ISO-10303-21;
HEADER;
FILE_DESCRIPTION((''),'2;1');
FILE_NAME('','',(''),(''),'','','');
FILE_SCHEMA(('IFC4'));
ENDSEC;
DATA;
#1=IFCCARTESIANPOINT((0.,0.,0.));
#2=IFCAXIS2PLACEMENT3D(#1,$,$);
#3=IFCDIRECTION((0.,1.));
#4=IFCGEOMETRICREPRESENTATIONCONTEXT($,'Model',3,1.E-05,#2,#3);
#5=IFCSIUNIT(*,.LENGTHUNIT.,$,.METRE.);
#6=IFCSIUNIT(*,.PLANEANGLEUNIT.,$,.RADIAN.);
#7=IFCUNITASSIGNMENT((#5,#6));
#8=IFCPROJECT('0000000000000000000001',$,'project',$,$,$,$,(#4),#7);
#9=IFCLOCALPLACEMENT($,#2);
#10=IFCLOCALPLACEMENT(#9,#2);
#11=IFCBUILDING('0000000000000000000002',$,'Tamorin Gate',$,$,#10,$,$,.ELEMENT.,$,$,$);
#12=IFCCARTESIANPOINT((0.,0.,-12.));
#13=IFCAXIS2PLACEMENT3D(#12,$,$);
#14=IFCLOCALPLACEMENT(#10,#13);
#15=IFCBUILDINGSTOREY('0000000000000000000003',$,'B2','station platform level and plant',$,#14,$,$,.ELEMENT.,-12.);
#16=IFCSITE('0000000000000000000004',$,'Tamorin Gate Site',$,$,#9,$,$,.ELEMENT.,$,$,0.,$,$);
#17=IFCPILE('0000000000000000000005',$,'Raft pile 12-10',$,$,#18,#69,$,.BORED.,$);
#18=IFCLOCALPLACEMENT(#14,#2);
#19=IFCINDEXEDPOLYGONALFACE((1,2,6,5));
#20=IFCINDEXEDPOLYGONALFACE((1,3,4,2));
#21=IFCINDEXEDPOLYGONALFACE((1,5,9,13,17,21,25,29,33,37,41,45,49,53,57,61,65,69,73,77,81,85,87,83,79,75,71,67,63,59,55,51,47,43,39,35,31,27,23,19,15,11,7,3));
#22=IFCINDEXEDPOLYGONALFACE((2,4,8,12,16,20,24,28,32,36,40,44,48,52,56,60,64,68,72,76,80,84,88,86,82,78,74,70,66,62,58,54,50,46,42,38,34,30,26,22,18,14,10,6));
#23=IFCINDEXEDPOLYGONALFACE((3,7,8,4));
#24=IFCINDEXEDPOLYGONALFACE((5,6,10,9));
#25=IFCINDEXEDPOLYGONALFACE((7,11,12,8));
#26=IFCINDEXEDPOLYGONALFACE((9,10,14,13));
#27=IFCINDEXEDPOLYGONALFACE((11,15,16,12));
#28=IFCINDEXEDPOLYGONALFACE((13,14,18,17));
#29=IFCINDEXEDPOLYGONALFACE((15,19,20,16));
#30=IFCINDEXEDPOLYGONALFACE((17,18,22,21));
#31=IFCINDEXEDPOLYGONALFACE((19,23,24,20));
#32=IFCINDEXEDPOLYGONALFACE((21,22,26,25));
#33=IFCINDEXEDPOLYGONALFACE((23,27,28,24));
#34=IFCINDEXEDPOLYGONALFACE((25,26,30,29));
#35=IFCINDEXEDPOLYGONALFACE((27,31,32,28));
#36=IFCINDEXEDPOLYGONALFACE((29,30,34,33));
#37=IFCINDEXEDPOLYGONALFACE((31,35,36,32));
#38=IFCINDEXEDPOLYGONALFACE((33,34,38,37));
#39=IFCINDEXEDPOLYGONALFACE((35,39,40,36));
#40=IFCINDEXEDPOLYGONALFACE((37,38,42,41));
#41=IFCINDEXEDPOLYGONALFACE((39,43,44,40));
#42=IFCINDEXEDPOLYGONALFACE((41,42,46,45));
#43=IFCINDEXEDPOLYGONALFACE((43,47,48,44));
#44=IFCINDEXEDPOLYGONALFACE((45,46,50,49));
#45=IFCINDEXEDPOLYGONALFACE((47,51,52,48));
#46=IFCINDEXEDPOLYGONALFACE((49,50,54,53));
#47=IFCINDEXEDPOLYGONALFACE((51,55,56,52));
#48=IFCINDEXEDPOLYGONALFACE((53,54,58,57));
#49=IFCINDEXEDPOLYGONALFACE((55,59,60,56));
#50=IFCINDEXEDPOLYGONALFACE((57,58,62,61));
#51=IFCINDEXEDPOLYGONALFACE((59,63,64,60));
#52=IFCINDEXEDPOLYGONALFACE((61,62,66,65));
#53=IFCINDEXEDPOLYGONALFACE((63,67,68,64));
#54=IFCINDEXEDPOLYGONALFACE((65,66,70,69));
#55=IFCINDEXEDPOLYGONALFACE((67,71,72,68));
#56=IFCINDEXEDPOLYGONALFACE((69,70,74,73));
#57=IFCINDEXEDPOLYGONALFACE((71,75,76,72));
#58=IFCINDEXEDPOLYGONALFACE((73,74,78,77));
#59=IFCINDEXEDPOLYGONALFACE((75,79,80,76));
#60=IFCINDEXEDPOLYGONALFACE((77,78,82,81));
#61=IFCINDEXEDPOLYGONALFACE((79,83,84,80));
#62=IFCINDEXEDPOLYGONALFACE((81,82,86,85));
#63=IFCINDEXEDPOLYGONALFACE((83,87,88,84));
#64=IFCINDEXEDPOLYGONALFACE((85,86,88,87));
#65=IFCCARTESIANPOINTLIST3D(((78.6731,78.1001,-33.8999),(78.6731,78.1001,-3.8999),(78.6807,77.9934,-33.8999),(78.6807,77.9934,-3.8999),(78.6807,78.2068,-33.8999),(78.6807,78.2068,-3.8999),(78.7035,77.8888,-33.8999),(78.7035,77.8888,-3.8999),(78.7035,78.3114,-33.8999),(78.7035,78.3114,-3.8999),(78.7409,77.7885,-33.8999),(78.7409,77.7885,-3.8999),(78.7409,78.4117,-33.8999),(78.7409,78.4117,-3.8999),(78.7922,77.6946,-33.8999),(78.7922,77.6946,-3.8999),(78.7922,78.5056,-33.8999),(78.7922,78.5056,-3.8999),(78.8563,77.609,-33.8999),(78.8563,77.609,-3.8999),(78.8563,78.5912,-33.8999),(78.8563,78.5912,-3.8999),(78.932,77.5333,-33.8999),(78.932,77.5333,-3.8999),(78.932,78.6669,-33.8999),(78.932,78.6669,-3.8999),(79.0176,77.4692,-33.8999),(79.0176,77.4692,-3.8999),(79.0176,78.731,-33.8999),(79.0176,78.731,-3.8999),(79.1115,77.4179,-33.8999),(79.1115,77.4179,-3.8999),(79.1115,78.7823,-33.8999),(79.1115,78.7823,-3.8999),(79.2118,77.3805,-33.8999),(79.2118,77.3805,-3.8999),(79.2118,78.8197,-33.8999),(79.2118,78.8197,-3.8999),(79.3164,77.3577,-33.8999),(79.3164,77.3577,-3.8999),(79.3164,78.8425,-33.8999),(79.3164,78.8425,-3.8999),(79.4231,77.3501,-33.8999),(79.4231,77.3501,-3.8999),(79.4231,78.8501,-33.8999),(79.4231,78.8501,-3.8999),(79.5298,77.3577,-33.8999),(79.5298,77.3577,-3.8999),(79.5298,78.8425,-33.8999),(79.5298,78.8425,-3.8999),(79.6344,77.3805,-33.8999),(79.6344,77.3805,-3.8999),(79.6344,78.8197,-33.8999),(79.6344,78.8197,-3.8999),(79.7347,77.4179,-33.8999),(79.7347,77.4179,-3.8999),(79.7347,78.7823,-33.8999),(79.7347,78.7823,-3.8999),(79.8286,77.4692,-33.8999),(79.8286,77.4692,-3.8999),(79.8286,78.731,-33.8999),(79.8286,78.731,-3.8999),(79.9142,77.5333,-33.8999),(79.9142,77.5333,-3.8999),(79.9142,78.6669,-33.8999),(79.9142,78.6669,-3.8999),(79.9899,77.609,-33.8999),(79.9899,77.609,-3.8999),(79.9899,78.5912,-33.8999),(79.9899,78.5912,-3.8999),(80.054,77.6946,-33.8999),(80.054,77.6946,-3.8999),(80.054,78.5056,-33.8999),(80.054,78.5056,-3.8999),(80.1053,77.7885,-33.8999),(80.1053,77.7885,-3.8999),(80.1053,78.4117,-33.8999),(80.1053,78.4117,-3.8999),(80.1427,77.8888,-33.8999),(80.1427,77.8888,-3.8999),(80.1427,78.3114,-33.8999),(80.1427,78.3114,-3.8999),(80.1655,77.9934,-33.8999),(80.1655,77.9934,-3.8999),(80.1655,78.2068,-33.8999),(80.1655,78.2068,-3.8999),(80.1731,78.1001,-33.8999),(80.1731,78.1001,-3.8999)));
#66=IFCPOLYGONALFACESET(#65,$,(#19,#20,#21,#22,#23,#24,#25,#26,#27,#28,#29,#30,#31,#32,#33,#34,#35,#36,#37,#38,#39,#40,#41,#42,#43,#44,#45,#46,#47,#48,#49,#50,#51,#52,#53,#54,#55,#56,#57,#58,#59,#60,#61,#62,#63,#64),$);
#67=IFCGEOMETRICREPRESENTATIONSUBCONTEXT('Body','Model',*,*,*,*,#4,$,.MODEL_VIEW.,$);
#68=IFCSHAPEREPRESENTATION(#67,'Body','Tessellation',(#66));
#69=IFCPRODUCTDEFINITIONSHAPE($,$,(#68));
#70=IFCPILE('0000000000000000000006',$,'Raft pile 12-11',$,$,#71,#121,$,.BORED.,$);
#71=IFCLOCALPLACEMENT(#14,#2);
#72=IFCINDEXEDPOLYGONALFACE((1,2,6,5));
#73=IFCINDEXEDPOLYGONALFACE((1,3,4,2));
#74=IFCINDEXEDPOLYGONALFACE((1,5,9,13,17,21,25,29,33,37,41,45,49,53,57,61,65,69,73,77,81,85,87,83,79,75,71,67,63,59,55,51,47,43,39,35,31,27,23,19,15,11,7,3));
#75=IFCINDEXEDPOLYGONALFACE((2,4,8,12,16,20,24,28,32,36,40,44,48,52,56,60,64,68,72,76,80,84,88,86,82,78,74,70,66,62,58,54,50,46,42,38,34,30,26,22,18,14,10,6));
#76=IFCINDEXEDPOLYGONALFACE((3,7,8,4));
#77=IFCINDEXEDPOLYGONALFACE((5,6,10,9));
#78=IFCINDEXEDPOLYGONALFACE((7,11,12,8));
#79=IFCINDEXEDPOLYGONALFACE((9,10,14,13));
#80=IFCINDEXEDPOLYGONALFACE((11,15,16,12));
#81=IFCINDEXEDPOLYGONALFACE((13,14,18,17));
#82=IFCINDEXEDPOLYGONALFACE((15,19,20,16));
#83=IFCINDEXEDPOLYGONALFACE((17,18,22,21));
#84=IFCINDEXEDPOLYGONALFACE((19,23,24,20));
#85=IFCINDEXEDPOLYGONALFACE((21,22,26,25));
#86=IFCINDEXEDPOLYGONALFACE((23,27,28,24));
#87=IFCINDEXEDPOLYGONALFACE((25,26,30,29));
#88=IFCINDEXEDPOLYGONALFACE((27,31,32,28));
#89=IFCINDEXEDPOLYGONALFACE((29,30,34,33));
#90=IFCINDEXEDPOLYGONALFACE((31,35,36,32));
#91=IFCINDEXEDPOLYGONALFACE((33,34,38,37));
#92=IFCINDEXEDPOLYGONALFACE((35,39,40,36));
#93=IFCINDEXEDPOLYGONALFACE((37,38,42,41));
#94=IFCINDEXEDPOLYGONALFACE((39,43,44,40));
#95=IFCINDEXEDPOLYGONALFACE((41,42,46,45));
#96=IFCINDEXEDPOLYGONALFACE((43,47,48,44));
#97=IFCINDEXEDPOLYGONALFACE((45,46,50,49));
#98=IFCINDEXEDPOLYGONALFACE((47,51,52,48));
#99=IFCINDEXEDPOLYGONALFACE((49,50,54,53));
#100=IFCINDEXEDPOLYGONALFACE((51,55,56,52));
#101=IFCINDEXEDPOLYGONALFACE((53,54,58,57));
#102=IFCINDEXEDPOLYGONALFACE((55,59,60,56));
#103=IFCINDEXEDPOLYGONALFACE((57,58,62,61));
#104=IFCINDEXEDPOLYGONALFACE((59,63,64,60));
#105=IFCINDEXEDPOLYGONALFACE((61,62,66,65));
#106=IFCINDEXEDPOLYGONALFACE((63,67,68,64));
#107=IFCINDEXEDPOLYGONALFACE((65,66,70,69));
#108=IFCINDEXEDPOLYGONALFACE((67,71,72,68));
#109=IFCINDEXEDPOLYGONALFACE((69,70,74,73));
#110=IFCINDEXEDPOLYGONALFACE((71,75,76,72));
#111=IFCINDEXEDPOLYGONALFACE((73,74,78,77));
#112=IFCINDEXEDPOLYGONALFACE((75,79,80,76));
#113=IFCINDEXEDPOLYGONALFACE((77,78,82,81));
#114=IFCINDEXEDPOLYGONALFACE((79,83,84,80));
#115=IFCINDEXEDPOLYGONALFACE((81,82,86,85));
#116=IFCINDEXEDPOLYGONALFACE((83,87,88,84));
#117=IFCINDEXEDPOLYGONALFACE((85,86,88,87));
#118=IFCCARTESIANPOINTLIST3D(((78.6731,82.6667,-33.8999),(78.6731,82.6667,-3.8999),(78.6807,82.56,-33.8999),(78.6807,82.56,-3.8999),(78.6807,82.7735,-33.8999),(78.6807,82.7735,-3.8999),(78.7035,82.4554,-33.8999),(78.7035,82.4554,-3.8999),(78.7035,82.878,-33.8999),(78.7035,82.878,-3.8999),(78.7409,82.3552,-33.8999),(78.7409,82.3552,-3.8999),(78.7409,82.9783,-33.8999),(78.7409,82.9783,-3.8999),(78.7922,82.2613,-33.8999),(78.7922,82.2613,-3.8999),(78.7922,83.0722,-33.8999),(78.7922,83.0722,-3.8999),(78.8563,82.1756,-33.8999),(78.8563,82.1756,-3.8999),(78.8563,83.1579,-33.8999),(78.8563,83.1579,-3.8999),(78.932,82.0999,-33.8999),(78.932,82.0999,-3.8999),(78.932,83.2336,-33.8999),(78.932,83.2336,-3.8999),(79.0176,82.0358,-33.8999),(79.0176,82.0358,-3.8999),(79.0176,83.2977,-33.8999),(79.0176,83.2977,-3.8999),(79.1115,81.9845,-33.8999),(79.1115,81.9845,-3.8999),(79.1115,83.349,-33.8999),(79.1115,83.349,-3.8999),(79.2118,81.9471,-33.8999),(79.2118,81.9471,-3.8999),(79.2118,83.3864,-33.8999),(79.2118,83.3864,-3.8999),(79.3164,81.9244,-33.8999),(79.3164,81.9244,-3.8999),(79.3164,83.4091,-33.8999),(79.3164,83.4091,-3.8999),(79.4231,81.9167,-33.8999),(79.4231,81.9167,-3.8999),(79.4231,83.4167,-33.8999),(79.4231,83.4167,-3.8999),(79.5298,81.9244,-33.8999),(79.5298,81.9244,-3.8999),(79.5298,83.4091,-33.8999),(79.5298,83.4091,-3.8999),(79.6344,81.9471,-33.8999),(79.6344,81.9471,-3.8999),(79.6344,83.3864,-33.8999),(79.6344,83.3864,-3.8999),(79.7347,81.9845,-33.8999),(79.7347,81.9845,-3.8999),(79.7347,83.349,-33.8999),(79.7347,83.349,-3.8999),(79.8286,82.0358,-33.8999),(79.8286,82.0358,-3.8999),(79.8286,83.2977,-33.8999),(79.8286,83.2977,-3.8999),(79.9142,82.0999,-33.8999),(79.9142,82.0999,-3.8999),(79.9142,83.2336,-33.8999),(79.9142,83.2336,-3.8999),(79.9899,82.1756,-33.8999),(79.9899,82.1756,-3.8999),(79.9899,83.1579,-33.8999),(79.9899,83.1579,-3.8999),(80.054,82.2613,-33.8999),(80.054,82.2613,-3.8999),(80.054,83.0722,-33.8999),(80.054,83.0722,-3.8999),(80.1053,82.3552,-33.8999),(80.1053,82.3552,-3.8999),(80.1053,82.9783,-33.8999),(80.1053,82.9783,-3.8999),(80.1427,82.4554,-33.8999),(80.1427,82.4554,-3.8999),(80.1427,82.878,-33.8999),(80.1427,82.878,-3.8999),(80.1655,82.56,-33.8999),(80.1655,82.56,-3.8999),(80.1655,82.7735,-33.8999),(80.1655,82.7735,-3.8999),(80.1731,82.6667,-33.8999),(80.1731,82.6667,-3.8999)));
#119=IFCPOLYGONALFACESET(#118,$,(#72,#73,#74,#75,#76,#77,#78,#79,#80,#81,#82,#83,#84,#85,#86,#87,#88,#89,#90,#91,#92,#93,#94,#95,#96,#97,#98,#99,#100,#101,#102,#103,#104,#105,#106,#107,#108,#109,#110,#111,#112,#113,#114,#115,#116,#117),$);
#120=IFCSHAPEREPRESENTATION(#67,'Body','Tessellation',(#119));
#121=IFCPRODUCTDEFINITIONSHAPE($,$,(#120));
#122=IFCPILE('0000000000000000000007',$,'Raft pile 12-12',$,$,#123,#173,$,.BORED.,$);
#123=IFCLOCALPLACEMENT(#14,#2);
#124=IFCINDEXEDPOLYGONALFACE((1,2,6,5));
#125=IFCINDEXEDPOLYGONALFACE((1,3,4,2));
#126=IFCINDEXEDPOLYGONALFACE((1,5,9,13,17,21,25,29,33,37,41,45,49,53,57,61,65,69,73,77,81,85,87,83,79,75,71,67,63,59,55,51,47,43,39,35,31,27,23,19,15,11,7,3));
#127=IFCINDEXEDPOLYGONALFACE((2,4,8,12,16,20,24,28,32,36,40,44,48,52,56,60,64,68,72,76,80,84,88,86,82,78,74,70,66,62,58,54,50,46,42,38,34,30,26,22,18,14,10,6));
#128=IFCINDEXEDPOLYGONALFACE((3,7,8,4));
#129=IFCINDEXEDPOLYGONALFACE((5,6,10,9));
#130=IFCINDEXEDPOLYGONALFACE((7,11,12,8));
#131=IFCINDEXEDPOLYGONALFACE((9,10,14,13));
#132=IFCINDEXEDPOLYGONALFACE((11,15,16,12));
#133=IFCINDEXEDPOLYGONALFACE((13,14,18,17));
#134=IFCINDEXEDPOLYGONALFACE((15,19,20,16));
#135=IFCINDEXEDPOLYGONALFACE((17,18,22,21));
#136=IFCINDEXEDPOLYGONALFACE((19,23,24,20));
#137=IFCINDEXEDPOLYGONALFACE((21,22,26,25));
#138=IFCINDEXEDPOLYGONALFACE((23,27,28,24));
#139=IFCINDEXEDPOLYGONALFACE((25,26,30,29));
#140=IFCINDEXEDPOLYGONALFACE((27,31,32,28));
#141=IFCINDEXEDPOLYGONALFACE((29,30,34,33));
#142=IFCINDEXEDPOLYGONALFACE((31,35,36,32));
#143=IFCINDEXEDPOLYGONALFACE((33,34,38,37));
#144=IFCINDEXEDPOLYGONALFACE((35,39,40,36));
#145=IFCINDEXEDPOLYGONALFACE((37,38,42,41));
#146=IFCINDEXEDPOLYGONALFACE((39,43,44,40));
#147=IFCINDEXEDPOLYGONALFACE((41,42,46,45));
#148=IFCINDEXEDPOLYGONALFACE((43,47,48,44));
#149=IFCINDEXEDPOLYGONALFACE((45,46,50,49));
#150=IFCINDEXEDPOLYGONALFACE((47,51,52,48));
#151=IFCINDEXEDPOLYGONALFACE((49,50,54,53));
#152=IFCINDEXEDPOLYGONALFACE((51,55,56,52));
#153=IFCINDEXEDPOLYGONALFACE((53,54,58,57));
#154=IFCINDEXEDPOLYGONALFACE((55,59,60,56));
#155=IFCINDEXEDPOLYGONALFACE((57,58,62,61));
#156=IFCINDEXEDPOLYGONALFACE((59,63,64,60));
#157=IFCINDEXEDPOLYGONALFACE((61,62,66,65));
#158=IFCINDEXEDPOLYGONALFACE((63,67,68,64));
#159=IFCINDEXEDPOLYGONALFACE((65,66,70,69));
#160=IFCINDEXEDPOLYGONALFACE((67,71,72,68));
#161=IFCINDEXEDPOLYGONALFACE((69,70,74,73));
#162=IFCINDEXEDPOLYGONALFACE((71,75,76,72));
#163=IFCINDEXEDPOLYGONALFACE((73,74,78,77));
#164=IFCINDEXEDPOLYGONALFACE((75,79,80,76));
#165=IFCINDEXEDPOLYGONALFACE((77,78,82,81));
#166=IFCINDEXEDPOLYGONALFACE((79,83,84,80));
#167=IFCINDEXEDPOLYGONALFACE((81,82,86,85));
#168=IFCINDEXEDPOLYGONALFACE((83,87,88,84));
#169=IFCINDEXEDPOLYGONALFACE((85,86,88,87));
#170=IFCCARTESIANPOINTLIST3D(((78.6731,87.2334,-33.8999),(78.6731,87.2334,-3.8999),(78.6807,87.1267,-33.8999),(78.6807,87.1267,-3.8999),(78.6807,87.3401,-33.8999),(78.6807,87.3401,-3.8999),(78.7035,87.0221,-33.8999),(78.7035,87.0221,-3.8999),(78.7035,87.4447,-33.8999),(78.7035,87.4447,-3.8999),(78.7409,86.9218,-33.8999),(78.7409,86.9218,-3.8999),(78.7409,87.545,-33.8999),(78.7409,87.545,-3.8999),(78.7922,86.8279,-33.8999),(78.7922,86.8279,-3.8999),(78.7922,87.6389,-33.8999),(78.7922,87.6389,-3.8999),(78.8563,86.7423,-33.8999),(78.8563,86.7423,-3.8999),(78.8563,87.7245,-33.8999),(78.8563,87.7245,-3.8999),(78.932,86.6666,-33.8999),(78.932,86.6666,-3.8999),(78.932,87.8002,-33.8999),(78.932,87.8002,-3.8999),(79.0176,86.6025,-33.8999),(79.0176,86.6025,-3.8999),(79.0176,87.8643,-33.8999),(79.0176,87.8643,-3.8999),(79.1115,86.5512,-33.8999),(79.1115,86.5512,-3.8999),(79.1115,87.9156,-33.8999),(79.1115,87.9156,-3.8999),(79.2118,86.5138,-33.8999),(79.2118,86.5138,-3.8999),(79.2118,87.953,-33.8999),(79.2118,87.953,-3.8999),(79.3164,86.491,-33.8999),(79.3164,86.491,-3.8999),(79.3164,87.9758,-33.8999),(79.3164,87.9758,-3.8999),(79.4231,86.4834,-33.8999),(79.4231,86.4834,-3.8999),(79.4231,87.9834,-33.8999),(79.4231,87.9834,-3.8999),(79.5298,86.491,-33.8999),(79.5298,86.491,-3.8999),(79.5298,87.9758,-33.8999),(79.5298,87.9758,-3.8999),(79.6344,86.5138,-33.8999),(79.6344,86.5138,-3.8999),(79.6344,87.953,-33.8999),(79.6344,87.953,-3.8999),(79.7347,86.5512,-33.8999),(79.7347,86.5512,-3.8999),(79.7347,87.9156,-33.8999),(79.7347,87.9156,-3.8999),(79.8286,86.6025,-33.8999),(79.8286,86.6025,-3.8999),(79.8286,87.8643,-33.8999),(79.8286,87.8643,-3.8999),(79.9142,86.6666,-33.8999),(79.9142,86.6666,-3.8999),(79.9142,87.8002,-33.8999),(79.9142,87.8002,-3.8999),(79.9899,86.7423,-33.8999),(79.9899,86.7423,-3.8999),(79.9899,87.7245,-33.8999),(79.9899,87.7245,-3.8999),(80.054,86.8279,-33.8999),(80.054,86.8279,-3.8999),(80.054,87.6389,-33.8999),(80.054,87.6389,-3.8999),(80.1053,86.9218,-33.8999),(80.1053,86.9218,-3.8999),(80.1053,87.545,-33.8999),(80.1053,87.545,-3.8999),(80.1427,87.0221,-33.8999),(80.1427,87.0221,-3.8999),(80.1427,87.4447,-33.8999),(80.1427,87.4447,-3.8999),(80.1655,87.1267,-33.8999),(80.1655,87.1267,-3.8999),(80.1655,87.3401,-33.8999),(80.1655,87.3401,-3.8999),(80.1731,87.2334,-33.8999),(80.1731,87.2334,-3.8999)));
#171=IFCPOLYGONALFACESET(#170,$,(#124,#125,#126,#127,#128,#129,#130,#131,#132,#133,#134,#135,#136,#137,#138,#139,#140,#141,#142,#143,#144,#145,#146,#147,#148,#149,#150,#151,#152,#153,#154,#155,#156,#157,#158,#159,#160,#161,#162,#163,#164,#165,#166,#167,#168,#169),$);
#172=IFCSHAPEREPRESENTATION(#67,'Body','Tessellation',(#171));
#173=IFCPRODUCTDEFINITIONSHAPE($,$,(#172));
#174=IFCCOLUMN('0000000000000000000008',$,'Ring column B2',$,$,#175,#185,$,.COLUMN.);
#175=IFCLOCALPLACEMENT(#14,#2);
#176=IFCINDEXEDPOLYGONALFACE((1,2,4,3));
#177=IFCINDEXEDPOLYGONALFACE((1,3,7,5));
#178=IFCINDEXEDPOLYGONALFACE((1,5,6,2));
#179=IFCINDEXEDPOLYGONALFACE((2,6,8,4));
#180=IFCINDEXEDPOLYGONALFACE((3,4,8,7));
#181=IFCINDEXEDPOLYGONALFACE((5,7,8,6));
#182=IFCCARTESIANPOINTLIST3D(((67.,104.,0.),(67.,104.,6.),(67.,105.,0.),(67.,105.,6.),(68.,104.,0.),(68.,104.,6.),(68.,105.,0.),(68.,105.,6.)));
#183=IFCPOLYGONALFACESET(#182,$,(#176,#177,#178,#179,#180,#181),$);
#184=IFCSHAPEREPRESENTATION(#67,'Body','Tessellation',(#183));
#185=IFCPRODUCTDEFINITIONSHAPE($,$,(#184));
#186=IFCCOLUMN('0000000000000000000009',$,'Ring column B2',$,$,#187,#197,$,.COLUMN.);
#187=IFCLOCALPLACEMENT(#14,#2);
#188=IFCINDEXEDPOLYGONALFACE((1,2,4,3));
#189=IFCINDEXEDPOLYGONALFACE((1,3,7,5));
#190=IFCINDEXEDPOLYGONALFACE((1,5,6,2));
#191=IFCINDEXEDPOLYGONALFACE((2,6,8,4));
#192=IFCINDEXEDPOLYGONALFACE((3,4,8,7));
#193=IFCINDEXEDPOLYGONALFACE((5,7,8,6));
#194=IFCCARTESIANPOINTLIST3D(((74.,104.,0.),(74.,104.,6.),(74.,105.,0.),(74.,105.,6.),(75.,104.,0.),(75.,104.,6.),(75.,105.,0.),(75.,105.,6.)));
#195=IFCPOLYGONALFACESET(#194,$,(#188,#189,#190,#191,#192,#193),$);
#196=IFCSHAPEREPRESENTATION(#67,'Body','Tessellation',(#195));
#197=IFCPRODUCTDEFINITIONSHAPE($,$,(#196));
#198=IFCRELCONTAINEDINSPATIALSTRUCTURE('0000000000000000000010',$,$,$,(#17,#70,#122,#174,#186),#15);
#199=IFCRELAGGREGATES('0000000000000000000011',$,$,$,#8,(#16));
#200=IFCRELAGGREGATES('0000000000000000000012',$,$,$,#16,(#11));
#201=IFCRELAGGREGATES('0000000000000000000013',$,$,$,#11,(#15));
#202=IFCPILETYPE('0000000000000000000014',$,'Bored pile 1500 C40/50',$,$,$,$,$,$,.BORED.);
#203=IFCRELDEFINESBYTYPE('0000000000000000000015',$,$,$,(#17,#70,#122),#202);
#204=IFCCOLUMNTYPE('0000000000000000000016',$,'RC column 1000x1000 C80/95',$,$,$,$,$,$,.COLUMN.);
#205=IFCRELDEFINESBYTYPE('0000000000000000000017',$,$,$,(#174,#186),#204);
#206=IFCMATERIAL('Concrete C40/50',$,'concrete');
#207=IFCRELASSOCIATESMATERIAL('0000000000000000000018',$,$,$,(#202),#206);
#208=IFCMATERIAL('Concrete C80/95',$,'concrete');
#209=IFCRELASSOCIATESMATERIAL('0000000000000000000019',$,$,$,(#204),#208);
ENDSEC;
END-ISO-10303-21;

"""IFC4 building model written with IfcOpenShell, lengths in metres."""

from ifc_helpers import new_model, si_unit, direction, frame, origin, origin_2d, place, context, subcontext, project, spatial, rectangle, circle, extrude, material, material_profile, profile_set, type_object, element, save


model = new_model("IFC4")

# Units and contexts
model_context = context("Model", 3, precision=1e-05, world=origin(), true_north=direction((0.0, 1.0)))
body_context = subcontext(model_context, "Body", "Model", "MODEL_VIEW")
ifc_project = project(units=[si_unit("LENGTHUNIT", "METRE"), si_unit("PLANEANGLEUNIT", "RADIAN")], contexts=[model_context])

# Site, building, storey
site_placement = place(None, origin())
site = spatial("IfcSite", under=ifc_project, at=site_placement, Name="Tamorin Gate Site", CompositionType="ELEMENT", RefElevation=0.0)
building_placement = place(site_placement, origin())
building = spatial("IfcBuilding", under=site, at=building_placement, Name="Tamorin Gate", CompositionType="ELEMENT")
storey_placement = place(building_placement, frame((0.0, 0.0, -12.0)))
storey = spatial("IfcBuildingStorey", under=building, at=storey_placement, Name="B2", Description="station platform level and plant", CompositionType="ELEMENT", Elevation=-12.0)

# Piles
ifc_material_1 = material(Name="Concrete C40/50", Category="concrete")
ifc_material_profile_1 = material_profile(ifc_material_1, circle(Radius=0.75, at=origin_2d()))
ifc_profile_set_1 = profile_set([ifc_material_profile_1], Name="Concrete C40/50")
pile_type = type_object("IfcPileType", Name="Bored pile 1500 C40/50", PredefinedType="BORED", material=ifc_profile_set_1)
for number, where, z_axis, x_axis, name in (
    (1, (79.4231, 78.1001, -3.8999), (0.0, 0.0, -1.0), (1.0, 0.0, 0.0), "Raft pile 12-10"),
    (2, (79.4231, 82.6667, -3.8999), (0.0, 0.0, -1.0), (1.0, 0.0, 0.0), "Raft pile 12-11"),
    (3, (79.4231, 87.2334, -3.8999), (0.0, 0.0, -1.0), (1.0, 0.0, 0.0), "Raft pile 12-12"),
):
    element("IfcPile", number, at=place(storey_placement, frame(where, z_axis=z_axis, x_axis=x_axis)), inside=storey, type_object=pile_type, Name=name, PredefinedType="BORED", context=body_context, shape_type="SweptSolid", body=[
        extrude(circle(Radius=0.75, at=origin_2d()), origin(), (0.0, 0.0, 1.0), 30.0),
    ])

# Columns
ifc_material_2 = material(Name="Concrete C80/95", Category="concrete")
ifc_material_profile_2 = material_profile(ifc_material_2, rectangle(XDim=1.0, YDim=1.0, at=origin_2d()), Name="RC 1000x1000")
ifc_profile_set_2 = profile_set([ifc_material_profile_2], Name="Concrete C80/95")
column_type_1 = type_object("IfcColumnType", Name="RC column 1000x1000 C80/95", PredefinedType="COLUMN", material=ifc_profile_set_2)
for number, where, z_axis, x_axis, name in (
    (4, (67.5, 104.5, 0.0), (0.0, 0.0, 1.0), (1.0, 0.0, 0.0), "Ring column B2"),
    (5, (74.5, 104.5, 0.0), (0.0, 0.0, 1.0), (1.0, 0.0, 0.0), "Ring column B2"),
):
    element("IfcColumn", number, at=place(storey_placement, frame(where, z_axis=z_axis, x_axis=x_axis)), inside=storey, type_object=column_type_1, Name=name, PredefinedType="COLUMN", context=body_context, shape_type="SweptSolid", body=[
        extrude(rectangle(XDim=1.0, YDim=1.0, at=origin_2d()), origin(), (0.0, 0.0, 1.0), 6.0),
    ])

save(model, "model.ifc")
